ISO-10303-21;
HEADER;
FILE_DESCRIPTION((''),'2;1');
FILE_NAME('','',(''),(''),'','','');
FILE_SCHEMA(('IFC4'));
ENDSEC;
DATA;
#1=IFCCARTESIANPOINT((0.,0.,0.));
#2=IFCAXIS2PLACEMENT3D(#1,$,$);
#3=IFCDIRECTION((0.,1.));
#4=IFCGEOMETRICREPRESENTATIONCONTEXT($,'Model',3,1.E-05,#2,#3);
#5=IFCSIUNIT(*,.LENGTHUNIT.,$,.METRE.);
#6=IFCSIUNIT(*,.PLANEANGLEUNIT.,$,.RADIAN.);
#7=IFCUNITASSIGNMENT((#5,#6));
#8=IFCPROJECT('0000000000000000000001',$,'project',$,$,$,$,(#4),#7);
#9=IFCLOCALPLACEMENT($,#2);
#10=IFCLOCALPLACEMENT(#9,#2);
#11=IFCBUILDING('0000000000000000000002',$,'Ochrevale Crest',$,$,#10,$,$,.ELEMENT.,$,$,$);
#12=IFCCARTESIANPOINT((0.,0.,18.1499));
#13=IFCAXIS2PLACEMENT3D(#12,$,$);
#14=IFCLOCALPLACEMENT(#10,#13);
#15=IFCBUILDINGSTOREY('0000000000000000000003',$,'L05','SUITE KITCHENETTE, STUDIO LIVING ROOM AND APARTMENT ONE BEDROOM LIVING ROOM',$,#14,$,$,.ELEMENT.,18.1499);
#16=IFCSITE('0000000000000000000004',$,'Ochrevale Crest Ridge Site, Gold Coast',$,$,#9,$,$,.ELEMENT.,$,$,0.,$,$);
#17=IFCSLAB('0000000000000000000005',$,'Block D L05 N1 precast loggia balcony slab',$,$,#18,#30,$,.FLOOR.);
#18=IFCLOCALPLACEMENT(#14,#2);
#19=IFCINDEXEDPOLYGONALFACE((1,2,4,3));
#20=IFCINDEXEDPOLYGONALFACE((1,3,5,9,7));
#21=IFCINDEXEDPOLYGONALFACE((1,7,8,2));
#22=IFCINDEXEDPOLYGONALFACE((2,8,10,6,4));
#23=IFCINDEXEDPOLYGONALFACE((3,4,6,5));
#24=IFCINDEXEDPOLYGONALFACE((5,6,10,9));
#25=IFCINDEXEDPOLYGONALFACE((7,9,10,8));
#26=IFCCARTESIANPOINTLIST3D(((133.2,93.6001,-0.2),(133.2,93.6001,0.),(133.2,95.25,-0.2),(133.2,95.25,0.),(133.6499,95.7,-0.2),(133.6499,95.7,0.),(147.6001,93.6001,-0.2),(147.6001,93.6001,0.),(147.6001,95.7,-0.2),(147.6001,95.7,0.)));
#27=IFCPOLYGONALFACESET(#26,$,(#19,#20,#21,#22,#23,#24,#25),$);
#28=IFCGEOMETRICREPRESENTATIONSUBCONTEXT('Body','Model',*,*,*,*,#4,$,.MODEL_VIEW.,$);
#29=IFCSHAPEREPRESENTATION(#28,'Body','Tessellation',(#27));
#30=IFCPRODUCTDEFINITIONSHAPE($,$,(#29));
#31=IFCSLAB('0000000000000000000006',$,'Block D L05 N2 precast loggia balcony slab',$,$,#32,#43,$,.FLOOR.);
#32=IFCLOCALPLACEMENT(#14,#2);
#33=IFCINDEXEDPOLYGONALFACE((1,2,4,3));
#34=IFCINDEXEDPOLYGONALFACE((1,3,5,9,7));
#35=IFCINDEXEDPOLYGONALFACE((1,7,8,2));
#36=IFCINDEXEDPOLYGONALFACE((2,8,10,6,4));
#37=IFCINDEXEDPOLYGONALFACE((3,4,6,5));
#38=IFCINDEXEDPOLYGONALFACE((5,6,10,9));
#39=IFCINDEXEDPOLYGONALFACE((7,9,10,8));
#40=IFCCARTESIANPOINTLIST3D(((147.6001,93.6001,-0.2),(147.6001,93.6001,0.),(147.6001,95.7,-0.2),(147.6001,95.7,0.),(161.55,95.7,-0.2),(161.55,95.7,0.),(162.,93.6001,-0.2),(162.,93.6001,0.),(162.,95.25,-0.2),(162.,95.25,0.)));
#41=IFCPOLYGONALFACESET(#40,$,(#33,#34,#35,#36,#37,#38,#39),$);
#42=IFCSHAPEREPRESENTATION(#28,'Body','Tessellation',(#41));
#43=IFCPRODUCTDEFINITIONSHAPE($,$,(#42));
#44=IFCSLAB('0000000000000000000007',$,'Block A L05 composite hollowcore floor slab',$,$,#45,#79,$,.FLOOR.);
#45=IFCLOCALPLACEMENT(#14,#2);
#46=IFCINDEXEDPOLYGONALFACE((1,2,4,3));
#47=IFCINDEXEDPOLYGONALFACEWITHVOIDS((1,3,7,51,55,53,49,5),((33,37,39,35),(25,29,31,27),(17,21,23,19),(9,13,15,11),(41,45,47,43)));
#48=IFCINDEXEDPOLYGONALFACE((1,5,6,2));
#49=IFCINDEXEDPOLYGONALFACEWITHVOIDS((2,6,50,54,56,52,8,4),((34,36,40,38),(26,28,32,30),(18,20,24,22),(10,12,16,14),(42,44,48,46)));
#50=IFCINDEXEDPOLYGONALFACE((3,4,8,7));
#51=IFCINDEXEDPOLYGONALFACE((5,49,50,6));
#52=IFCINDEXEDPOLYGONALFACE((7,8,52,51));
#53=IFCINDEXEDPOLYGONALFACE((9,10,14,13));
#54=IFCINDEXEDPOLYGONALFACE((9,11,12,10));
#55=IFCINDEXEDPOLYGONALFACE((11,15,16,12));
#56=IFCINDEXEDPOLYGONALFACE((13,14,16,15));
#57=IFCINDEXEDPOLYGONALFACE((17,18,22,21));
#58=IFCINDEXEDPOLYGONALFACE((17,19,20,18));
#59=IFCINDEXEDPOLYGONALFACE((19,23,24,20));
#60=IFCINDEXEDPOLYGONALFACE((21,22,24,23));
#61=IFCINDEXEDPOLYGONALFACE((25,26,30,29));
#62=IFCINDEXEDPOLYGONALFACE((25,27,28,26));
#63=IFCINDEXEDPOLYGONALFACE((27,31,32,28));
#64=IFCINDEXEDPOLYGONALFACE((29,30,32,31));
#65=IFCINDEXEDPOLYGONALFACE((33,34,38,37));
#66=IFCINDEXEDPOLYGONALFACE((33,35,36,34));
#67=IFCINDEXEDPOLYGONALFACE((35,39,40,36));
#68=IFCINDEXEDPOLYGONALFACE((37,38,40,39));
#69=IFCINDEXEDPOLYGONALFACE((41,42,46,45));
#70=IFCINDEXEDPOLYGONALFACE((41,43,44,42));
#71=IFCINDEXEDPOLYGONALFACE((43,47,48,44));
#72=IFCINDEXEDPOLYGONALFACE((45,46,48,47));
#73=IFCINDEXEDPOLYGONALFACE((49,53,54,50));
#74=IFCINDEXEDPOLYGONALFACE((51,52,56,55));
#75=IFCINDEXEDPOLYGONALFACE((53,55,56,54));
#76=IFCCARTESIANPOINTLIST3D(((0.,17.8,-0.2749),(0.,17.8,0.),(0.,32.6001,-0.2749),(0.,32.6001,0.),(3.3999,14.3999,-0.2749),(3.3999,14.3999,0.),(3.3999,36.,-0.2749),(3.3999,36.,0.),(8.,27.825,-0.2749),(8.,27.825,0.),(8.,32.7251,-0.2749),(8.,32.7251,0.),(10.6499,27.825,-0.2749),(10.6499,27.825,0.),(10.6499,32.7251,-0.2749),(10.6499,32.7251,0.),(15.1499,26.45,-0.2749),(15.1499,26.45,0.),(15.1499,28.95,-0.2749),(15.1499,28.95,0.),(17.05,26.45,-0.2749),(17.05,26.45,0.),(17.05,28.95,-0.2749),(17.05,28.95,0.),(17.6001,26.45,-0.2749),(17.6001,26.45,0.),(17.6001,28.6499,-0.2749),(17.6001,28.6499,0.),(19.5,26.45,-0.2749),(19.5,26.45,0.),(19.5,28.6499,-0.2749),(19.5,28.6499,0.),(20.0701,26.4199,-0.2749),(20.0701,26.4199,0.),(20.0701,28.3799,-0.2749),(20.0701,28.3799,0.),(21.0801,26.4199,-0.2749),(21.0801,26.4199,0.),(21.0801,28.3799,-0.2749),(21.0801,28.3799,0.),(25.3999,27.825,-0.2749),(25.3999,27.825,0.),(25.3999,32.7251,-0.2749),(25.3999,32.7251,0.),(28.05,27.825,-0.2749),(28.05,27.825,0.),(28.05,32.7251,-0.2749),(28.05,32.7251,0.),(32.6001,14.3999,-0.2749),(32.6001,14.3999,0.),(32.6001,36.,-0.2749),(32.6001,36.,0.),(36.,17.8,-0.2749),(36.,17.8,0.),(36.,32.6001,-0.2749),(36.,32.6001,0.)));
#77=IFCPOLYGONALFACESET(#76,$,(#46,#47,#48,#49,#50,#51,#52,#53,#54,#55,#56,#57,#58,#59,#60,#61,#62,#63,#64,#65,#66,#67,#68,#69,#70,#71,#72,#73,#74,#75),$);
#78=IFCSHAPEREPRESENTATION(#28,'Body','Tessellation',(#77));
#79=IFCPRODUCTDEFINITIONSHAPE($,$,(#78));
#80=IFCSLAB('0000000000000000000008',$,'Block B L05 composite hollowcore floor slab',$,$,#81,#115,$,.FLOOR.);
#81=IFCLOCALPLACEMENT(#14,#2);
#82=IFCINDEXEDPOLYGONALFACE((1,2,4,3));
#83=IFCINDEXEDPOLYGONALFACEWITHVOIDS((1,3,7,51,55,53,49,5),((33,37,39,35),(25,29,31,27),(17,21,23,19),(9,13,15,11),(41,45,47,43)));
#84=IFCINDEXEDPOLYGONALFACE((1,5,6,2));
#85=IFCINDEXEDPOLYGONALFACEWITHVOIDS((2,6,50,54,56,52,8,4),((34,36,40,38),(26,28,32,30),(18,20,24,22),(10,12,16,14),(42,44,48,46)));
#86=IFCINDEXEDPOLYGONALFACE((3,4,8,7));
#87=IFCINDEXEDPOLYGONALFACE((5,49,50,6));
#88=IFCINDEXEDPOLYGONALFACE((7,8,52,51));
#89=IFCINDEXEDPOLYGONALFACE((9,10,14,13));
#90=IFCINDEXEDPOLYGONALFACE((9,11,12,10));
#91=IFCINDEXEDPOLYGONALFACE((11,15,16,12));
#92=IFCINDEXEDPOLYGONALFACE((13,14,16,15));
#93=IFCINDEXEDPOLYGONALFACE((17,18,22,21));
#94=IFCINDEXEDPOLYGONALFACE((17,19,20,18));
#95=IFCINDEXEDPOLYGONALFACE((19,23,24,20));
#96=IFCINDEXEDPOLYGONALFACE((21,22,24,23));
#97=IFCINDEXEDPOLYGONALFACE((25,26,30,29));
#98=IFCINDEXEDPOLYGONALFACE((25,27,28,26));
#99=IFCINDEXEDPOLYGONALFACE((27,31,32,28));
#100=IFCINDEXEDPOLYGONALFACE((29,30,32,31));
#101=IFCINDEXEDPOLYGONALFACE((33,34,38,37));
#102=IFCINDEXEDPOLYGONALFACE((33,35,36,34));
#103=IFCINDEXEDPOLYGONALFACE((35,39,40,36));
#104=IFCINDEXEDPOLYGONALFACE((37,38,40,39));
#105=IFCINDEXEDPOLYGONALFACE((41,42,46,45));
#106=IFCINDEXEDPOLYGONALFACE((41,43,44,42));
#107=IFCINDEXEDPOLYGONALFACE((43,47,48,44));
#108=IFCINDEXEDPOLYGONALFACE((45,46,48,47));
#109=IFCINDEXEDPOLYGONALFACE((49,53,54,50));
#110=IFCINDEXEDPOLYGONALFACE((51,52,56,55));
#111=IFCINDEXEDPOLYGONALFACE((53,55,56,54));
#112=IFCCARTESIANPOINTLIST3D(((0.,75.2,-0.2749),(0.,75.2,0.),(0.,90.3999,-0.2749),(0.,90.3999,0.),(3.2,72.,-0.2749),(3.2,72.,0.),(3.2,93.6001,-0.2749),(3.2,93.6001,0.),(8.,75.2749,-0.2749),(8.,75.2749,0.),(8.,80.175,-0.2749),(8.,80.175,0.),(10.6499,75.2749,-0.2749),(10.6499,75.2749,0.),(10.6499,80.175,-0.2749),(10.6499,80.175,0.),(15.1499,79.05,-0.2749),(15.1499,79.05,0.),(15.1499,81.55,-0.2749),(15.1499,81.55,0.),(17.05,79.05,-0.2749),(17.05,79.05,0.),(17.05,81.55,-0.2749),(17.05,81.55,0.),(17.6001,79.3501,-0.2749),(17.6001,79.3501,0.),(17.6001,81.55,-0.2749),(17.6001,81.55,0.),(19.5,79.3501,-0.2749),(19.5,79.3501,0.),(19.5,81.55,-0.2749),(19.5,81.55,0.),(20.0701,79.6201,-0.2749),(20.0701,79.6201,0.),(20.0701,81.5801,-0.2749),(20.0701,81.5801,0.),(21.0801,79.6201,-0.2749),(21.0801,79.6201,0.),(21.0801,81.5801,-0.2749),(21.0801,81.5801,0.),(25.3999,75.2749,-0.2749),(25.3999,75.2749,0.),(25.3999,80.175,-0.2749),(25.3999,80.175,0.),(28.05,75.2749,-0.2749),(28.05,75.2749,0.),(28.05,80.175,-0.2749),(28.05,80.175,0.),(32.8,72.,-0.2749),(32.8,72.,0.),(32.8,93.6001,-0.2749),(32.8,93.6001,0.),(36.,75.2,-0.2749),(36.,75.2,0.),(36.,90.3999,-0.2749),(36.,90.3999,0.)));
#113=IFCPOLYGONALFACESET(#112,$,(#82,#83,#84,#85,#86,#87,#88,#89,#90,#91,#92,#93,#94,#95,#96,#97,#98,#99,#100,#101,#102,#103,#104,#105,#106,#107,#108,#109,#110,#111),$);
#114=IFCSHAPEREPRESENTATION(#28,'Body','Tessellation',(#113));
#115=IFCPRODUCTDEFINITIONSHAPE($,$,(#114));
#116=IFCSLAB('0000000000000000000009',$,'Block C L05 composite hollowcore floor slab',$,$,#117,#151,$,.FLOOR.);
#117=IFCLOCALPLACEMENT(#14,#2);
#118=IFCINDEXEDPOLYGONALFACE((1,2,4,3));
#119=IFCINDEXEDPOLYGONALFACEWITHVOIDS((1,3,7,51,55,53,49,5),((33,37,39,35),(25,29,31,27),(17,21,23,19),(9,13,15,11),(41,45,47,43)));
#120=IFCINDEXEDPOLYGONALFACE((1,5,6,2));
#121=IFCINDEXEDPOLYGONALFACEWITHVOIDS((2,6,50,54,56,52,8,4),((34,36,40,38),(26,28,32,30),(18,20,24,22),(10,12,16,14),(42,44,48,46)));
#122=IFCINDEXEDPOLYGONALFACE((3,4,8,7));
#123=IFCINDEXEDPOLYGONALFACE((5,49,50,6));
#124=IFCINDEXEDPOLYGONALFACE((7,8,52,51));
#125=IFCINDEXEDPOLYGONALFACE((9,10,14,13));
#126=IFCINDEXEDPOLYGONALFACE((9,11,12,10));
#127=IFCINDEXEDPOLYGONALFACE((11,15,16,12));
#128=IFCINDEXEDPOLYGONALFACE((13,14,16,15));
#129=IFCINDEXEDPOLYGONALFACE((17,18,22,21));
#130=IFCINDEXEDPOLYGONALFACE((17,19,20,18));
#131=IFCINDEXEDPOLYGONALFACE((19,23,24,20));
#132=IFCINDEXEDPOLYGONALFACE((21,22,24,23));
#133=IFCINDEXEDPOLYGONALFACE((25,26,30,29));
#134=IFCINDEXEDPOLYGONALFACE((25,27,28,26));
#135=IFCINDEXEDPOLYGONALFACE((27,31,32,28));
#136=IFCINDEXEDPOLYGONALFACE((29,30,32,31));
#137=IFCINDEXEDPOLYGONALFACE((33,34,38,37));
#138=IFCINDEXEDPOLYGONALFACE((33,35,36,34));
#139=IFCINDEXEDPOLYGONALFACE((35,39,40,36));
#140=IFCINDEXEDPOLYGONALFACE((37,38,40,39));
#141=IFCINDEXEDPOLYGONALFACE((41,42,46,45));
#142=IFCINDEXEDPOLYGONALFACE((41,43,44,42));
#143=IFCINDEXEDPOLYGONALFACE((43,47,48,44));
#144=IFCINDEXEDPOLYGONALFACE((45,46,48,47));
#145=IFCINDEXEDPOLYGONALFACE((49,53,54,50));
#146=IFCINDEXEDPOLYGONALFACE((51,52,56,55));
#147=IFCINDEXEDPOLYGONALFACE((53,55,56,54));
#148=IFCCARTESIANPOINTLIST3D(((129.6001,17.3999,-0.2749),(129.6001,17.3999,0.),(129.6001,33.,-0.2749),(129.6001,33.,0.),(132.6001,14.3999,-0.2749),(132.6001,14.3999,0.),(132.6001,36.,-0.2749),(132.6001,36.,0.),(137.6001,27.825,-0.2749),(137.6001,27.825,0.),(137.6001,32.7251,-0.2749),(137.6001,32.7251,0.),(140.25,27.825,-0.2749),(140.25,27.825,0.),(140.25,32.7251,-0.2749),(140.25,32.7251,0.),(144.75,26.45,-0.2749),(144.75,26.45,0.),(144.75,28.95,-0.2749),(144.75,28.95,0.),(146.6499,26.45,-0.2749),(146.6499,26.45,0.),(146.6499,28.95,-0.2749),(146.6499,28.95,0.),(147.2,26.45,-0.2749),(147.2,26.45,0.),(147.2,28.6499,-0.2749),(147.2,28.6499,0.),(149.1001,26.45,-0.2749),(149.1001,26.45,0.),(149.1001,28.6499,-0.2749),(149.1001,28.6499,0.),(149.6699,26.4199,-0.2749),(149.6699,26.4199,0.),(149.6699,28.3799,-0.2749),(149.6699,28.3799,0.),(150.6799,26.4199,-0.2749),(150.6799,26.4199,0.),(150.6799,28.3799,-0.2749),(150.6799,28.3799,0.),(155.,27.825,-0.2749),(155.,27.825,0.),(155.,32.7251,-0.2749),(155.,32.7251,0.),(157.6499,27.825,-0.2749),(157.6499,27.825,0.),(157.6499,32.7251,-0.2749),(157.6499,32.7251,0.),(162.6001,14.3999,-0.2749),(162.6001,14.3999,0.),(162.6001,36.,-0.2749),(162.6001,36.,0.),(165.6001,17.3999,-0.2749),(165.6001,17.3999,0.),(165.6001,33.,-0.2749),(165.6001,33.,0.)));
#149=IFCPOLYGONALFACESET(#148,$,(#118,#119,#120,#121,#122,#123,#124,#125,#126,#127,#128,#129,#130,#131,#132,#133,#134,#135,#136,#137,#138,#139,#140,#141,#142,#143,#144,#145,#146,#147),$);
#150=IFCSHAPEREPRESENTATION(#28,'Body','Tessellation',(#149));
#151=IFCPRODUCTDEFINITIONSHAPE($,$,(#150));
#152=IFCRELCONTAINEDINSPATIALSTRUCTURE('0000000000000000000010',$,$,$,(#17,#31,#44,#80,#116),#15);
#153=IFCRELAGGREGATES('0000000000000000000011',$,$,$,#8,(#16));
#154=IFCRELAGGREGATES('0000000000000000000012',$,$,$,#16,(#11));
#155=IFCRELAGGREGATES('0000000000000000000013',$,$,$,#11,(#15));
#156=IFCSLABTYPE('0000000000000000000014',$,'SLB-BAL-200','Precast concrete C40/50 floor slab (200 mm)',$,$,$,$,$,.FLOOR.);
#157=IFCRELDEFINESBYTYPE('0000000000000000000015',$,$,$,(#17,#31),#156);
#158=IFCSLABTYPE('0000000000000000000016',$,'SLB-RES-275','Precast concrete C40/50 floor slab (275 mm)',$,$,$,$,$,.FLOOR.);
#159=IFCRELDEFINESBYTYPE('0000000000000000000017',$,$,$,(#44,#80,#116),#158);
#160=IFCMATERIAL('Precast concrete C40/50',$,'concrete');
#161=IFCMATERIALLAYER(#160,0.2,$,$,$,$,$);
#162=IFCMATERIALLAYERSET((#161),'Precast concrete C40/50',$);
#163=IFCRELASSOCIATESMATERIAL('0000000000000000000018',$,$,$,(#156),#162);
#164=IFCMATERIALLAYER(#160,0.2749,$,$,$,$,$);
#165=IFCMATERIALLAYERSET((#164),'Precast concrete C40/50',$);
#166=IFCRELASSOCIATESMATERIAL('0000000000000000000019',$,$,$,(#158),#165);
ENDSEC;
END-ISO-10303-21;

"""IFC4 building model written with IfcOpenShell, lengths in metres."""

from ifc_helpers import new_model, si_unit, direction, frame, origin, place, context, subcontext, project, spatial, polyline, outline, extrude, material, layer, layer_set, type_object, element, save


model = new_model("IFC4")

# Units and contexts
model_context = context("Model", 3, precision=1e-05, world=origin(), true_north=direction((0.0, 1.0)))
body_context = subcontext(model_context, "Body", "Model", "MODEL_VIEW")
ifc_project = project(units=[si_unit("LENGTHUNIT", "METRE"), si_unit("PLANEANGLEUNIT", "RADIAN")], contexts=[model_context])

# Site, building, storey
site_placement = place(None, origin())
site = spatial("IfcSite", under=ifc_project, at=site_placement, Name="Ochrevale Crest Ridge Site, Gold Coast", CompositionType="ELEMENT", RefElevation=0.0)
building_placement = place(site_placement, origin())
building = spatial("IfcBuilding", under=site, at=building_placement, Name="Ochrevale Crest", CompositionType="ELEMENT")
storey_placement = place(building_placement, frame((0.0, 0.0, 18.1499)))
storey = spatial("IfcBuildingStorey", under=building, at=storey_placement, Name="L05", Description="SUITE KITCHENETTE, STUDIO LIVING ROOM AND APARTMENT ONE BEDROOM LIVING ROOM", CompositionType="ELEMENT", Elevation=18.1499)

# Slabs
ifc_material = material(Name="Precast concrete C40/50", Category="concrete")
ifc_layer_1 = layer(ifc_material, 0.2)
ifc_layer_set_1 = layer_set([ifc_layer_1], Name="Precast concrete C40/50")
slab_type_1 = type_object("IfcSlabType", Name="SLB-BAL-200", Description="Precast concrete C40/50 floor slab (200 mm)", PredefinedType="FLOOR", material=ifc_layer_set_1)
slab_1_placement = place(storey_placement, frame((0.0, 0.0, -0.2)))
element("IfcSlab", 1, at=slab_1_placement, inside=storey, type_object=slab_type_1, Name="Block D L05 N1 precast loggia balcony slab", PredefinedType="FLOOR", context=body_context, shape_type="SweptSolid", body=[
    extrude(outline(polyline([(133.2, 93.6001), (147.6001, 93.6001), (147.6001, 95.7), (133.6499, 95.7), (133.2, 95.25), (133.2, 93.6001)])), origin(), (0.0, 0.0, 1.0), 0.2),
])
slab_2_placement = place(storey_placement, frame((0.0, 0.0, -0.2)))
element("IfcSlab", 2, at=slab_2_placement, inside=storey, type_object=slab_type_1, Name="Block D L05 N2 precast loggia balcony slab", PredefinedType="FLOOR", context=body_context, shape_type="SweptSolid", body=[
    extrude(outline(polyline([(147.6001, 93.6001), (162.0, 93.6001), (162.0, 95.25), (161.55, 95.7), (147.6001, 95.7), (147.6001, 93.6001)])), origin(), (0.0, 0.0, 1.0), 0.2),
])
ifc_layer_2 = layer(ifc_material, 0.2749)
ifc_layer_set_2 = layer_set([ifc_layer_2], Name="Precast concrete C40/50")
slab_type_2 = type_object("IfcSlabType", Name="SLB-RES-275", Description="Precast concrete C40/50 floor slab (275 mm)", PredefinedType="FLOOR", material=ifc_layer_set_2)
slab_3_placement = place(storey_placement, frame((0.0, 0.0, -0.2749)))
element("IfcSlab", 3, at=slab_3_placement, inside=storey, type_object=slab_type_2, Name="Block A L05 composite hollowcore floor slab", PredefinedType="FLOOR", context=body_context, shape_type="SweptSolid", body=[
    extrude(outline(polyline([(3.3999, 14.3999), (32.6001, 14.3999), (36.0, 17.8), (36.0, 32.6001), (32.6001, 36.0), (3.3999, 36.0), (0.0, 32.6001), (0.0, 17.8), (3.3999, 14.3999)]), holes=[polyline([(10.6499, 27.825), (10.6499, 32.7251), (8.0, 32.7251), (8.0, 27.825), (10.6499, 27.825)]), polyline([(28.05, 27.825), (28.05, 32.7251), (25.3999, 32.7251), (25.3999, 27.825), (28.05, 27.825)]), polyline([(15.1499, 26.45), (17.05, 26.45), (17.05, 28.95), (15.1499, 28.95), (15.1499, 26.45)]), polyline([(17.6001, 26.45), (19.5, 26.45), (19.5, 28.6499), (17.6001, 28.6499), (17.6001, 26.45)]), polyline([(20.0701, 26.4199), (21.0801, 26.4199), (21.0801, 28.3799), (20.0701, 28.3799), (20.0701, 26.4199)])]), origin(), (0.0, 0.0, 1.0), 0.2749),
])
slab_4_placement = place(storey_placement, frame((0.0, 0.0, -0.2749)))
element("IfcSlab", 4, at=slab_4_placement, inside=storey, type_object=slab_type_2, Name="Block B L05 composite hollowcore floor slab", PredefinedType="FLOOR", context=body_context, shape_type="SweptSolid", body=[
    extrude(outline(polyline([(3.2, 72.0), (32.8, 72.0), (36.0, 75.2), (36.0, 90.3999), (32.8, 93.6001), (3.2, 93.6001), (0.0, 90.3999), (0.0, 75.2), (3.2, 72.0)]), holes=[polyline([(8.0, 80.175), (8.0, 75.2749), (10.6499, 75.2749), (10.6499, 80.175), (8.0, 80.175)]), polyline([(25.3999, 80.175), (25.3999, 75.2749), (28.05, 75.2749), (28.05, 80.175), (25.3999, 80.175)]), polyline([(15.1499, 79.05), (17.05, 79.05), (17.05, 81.55), (15.1499, 81.55), (15.1499, 79.05)]), polyline([(17.6001, 79.3501), (19.5, 79.3501), (19.5, 81.55), (17.6001, 81.55), (17.6001, 79.3501)]), polyline([(20.0701, 79.6201), (21.0801, 79.6201), (21.0801, 81.5801), (20.0701, 81.5801), (20.0701, 79.6201)])]), origin(), (0.0, 0.0, 1.0), 0.2749),
])
slab_5_placement = place(storey_placement, frame((0.0, 0.0, -0.2749)))
element("IfcSlab", 5, at=slab_5_placement, inside=storey, type_object=slab_type_2, Name="Block C L05 composite hollowcore floor slab", PredefinedType="FLOOR", context=body_context, shape_type="SweptSolid", body=[
    extrude(outline(polyline([(132.6001, 14.3999), (162.6001, 14.3999), (165.6001, 17.3999), (165.6001, 33.0), (162.6001, 36.0), (132.6001, 36.0), (129.6001, 33.0), (129.6001, 17.3999), (132.6001, 14.3999)]), holes=[polyline([(140.25, 27.825), (140.25, 32.7251), (137.6001, 32.7251), (137.6001, 27.825), (140.25, 27.825)]), polyline([(157.6499, 27.825), (157.6499, 32.7251), (155.0, 32.7251), (155.0, 27.825), (157.6499, 27.825)]), polyline([(144.75, 26.45), (146.6499, 26.45), (146.6499, 28.95), (144.75, 28.95), (144.75, 26.45)]), polyline([(147.2, 26.45), (149.1001, 26.45), (149.1001, 28.6499), (147.2, 28.6499), (147.2, 26.45)]), polyline([(149.6699, 26.4199), (150.6799, 26.4199), (150.6799, 28.3799), (149.6699, 28.3799), (149.6699, 26.4199)])]), origin(), (0.0, 0.0, 1.0), 0.2749),
])

save(model, "model.ifc")
